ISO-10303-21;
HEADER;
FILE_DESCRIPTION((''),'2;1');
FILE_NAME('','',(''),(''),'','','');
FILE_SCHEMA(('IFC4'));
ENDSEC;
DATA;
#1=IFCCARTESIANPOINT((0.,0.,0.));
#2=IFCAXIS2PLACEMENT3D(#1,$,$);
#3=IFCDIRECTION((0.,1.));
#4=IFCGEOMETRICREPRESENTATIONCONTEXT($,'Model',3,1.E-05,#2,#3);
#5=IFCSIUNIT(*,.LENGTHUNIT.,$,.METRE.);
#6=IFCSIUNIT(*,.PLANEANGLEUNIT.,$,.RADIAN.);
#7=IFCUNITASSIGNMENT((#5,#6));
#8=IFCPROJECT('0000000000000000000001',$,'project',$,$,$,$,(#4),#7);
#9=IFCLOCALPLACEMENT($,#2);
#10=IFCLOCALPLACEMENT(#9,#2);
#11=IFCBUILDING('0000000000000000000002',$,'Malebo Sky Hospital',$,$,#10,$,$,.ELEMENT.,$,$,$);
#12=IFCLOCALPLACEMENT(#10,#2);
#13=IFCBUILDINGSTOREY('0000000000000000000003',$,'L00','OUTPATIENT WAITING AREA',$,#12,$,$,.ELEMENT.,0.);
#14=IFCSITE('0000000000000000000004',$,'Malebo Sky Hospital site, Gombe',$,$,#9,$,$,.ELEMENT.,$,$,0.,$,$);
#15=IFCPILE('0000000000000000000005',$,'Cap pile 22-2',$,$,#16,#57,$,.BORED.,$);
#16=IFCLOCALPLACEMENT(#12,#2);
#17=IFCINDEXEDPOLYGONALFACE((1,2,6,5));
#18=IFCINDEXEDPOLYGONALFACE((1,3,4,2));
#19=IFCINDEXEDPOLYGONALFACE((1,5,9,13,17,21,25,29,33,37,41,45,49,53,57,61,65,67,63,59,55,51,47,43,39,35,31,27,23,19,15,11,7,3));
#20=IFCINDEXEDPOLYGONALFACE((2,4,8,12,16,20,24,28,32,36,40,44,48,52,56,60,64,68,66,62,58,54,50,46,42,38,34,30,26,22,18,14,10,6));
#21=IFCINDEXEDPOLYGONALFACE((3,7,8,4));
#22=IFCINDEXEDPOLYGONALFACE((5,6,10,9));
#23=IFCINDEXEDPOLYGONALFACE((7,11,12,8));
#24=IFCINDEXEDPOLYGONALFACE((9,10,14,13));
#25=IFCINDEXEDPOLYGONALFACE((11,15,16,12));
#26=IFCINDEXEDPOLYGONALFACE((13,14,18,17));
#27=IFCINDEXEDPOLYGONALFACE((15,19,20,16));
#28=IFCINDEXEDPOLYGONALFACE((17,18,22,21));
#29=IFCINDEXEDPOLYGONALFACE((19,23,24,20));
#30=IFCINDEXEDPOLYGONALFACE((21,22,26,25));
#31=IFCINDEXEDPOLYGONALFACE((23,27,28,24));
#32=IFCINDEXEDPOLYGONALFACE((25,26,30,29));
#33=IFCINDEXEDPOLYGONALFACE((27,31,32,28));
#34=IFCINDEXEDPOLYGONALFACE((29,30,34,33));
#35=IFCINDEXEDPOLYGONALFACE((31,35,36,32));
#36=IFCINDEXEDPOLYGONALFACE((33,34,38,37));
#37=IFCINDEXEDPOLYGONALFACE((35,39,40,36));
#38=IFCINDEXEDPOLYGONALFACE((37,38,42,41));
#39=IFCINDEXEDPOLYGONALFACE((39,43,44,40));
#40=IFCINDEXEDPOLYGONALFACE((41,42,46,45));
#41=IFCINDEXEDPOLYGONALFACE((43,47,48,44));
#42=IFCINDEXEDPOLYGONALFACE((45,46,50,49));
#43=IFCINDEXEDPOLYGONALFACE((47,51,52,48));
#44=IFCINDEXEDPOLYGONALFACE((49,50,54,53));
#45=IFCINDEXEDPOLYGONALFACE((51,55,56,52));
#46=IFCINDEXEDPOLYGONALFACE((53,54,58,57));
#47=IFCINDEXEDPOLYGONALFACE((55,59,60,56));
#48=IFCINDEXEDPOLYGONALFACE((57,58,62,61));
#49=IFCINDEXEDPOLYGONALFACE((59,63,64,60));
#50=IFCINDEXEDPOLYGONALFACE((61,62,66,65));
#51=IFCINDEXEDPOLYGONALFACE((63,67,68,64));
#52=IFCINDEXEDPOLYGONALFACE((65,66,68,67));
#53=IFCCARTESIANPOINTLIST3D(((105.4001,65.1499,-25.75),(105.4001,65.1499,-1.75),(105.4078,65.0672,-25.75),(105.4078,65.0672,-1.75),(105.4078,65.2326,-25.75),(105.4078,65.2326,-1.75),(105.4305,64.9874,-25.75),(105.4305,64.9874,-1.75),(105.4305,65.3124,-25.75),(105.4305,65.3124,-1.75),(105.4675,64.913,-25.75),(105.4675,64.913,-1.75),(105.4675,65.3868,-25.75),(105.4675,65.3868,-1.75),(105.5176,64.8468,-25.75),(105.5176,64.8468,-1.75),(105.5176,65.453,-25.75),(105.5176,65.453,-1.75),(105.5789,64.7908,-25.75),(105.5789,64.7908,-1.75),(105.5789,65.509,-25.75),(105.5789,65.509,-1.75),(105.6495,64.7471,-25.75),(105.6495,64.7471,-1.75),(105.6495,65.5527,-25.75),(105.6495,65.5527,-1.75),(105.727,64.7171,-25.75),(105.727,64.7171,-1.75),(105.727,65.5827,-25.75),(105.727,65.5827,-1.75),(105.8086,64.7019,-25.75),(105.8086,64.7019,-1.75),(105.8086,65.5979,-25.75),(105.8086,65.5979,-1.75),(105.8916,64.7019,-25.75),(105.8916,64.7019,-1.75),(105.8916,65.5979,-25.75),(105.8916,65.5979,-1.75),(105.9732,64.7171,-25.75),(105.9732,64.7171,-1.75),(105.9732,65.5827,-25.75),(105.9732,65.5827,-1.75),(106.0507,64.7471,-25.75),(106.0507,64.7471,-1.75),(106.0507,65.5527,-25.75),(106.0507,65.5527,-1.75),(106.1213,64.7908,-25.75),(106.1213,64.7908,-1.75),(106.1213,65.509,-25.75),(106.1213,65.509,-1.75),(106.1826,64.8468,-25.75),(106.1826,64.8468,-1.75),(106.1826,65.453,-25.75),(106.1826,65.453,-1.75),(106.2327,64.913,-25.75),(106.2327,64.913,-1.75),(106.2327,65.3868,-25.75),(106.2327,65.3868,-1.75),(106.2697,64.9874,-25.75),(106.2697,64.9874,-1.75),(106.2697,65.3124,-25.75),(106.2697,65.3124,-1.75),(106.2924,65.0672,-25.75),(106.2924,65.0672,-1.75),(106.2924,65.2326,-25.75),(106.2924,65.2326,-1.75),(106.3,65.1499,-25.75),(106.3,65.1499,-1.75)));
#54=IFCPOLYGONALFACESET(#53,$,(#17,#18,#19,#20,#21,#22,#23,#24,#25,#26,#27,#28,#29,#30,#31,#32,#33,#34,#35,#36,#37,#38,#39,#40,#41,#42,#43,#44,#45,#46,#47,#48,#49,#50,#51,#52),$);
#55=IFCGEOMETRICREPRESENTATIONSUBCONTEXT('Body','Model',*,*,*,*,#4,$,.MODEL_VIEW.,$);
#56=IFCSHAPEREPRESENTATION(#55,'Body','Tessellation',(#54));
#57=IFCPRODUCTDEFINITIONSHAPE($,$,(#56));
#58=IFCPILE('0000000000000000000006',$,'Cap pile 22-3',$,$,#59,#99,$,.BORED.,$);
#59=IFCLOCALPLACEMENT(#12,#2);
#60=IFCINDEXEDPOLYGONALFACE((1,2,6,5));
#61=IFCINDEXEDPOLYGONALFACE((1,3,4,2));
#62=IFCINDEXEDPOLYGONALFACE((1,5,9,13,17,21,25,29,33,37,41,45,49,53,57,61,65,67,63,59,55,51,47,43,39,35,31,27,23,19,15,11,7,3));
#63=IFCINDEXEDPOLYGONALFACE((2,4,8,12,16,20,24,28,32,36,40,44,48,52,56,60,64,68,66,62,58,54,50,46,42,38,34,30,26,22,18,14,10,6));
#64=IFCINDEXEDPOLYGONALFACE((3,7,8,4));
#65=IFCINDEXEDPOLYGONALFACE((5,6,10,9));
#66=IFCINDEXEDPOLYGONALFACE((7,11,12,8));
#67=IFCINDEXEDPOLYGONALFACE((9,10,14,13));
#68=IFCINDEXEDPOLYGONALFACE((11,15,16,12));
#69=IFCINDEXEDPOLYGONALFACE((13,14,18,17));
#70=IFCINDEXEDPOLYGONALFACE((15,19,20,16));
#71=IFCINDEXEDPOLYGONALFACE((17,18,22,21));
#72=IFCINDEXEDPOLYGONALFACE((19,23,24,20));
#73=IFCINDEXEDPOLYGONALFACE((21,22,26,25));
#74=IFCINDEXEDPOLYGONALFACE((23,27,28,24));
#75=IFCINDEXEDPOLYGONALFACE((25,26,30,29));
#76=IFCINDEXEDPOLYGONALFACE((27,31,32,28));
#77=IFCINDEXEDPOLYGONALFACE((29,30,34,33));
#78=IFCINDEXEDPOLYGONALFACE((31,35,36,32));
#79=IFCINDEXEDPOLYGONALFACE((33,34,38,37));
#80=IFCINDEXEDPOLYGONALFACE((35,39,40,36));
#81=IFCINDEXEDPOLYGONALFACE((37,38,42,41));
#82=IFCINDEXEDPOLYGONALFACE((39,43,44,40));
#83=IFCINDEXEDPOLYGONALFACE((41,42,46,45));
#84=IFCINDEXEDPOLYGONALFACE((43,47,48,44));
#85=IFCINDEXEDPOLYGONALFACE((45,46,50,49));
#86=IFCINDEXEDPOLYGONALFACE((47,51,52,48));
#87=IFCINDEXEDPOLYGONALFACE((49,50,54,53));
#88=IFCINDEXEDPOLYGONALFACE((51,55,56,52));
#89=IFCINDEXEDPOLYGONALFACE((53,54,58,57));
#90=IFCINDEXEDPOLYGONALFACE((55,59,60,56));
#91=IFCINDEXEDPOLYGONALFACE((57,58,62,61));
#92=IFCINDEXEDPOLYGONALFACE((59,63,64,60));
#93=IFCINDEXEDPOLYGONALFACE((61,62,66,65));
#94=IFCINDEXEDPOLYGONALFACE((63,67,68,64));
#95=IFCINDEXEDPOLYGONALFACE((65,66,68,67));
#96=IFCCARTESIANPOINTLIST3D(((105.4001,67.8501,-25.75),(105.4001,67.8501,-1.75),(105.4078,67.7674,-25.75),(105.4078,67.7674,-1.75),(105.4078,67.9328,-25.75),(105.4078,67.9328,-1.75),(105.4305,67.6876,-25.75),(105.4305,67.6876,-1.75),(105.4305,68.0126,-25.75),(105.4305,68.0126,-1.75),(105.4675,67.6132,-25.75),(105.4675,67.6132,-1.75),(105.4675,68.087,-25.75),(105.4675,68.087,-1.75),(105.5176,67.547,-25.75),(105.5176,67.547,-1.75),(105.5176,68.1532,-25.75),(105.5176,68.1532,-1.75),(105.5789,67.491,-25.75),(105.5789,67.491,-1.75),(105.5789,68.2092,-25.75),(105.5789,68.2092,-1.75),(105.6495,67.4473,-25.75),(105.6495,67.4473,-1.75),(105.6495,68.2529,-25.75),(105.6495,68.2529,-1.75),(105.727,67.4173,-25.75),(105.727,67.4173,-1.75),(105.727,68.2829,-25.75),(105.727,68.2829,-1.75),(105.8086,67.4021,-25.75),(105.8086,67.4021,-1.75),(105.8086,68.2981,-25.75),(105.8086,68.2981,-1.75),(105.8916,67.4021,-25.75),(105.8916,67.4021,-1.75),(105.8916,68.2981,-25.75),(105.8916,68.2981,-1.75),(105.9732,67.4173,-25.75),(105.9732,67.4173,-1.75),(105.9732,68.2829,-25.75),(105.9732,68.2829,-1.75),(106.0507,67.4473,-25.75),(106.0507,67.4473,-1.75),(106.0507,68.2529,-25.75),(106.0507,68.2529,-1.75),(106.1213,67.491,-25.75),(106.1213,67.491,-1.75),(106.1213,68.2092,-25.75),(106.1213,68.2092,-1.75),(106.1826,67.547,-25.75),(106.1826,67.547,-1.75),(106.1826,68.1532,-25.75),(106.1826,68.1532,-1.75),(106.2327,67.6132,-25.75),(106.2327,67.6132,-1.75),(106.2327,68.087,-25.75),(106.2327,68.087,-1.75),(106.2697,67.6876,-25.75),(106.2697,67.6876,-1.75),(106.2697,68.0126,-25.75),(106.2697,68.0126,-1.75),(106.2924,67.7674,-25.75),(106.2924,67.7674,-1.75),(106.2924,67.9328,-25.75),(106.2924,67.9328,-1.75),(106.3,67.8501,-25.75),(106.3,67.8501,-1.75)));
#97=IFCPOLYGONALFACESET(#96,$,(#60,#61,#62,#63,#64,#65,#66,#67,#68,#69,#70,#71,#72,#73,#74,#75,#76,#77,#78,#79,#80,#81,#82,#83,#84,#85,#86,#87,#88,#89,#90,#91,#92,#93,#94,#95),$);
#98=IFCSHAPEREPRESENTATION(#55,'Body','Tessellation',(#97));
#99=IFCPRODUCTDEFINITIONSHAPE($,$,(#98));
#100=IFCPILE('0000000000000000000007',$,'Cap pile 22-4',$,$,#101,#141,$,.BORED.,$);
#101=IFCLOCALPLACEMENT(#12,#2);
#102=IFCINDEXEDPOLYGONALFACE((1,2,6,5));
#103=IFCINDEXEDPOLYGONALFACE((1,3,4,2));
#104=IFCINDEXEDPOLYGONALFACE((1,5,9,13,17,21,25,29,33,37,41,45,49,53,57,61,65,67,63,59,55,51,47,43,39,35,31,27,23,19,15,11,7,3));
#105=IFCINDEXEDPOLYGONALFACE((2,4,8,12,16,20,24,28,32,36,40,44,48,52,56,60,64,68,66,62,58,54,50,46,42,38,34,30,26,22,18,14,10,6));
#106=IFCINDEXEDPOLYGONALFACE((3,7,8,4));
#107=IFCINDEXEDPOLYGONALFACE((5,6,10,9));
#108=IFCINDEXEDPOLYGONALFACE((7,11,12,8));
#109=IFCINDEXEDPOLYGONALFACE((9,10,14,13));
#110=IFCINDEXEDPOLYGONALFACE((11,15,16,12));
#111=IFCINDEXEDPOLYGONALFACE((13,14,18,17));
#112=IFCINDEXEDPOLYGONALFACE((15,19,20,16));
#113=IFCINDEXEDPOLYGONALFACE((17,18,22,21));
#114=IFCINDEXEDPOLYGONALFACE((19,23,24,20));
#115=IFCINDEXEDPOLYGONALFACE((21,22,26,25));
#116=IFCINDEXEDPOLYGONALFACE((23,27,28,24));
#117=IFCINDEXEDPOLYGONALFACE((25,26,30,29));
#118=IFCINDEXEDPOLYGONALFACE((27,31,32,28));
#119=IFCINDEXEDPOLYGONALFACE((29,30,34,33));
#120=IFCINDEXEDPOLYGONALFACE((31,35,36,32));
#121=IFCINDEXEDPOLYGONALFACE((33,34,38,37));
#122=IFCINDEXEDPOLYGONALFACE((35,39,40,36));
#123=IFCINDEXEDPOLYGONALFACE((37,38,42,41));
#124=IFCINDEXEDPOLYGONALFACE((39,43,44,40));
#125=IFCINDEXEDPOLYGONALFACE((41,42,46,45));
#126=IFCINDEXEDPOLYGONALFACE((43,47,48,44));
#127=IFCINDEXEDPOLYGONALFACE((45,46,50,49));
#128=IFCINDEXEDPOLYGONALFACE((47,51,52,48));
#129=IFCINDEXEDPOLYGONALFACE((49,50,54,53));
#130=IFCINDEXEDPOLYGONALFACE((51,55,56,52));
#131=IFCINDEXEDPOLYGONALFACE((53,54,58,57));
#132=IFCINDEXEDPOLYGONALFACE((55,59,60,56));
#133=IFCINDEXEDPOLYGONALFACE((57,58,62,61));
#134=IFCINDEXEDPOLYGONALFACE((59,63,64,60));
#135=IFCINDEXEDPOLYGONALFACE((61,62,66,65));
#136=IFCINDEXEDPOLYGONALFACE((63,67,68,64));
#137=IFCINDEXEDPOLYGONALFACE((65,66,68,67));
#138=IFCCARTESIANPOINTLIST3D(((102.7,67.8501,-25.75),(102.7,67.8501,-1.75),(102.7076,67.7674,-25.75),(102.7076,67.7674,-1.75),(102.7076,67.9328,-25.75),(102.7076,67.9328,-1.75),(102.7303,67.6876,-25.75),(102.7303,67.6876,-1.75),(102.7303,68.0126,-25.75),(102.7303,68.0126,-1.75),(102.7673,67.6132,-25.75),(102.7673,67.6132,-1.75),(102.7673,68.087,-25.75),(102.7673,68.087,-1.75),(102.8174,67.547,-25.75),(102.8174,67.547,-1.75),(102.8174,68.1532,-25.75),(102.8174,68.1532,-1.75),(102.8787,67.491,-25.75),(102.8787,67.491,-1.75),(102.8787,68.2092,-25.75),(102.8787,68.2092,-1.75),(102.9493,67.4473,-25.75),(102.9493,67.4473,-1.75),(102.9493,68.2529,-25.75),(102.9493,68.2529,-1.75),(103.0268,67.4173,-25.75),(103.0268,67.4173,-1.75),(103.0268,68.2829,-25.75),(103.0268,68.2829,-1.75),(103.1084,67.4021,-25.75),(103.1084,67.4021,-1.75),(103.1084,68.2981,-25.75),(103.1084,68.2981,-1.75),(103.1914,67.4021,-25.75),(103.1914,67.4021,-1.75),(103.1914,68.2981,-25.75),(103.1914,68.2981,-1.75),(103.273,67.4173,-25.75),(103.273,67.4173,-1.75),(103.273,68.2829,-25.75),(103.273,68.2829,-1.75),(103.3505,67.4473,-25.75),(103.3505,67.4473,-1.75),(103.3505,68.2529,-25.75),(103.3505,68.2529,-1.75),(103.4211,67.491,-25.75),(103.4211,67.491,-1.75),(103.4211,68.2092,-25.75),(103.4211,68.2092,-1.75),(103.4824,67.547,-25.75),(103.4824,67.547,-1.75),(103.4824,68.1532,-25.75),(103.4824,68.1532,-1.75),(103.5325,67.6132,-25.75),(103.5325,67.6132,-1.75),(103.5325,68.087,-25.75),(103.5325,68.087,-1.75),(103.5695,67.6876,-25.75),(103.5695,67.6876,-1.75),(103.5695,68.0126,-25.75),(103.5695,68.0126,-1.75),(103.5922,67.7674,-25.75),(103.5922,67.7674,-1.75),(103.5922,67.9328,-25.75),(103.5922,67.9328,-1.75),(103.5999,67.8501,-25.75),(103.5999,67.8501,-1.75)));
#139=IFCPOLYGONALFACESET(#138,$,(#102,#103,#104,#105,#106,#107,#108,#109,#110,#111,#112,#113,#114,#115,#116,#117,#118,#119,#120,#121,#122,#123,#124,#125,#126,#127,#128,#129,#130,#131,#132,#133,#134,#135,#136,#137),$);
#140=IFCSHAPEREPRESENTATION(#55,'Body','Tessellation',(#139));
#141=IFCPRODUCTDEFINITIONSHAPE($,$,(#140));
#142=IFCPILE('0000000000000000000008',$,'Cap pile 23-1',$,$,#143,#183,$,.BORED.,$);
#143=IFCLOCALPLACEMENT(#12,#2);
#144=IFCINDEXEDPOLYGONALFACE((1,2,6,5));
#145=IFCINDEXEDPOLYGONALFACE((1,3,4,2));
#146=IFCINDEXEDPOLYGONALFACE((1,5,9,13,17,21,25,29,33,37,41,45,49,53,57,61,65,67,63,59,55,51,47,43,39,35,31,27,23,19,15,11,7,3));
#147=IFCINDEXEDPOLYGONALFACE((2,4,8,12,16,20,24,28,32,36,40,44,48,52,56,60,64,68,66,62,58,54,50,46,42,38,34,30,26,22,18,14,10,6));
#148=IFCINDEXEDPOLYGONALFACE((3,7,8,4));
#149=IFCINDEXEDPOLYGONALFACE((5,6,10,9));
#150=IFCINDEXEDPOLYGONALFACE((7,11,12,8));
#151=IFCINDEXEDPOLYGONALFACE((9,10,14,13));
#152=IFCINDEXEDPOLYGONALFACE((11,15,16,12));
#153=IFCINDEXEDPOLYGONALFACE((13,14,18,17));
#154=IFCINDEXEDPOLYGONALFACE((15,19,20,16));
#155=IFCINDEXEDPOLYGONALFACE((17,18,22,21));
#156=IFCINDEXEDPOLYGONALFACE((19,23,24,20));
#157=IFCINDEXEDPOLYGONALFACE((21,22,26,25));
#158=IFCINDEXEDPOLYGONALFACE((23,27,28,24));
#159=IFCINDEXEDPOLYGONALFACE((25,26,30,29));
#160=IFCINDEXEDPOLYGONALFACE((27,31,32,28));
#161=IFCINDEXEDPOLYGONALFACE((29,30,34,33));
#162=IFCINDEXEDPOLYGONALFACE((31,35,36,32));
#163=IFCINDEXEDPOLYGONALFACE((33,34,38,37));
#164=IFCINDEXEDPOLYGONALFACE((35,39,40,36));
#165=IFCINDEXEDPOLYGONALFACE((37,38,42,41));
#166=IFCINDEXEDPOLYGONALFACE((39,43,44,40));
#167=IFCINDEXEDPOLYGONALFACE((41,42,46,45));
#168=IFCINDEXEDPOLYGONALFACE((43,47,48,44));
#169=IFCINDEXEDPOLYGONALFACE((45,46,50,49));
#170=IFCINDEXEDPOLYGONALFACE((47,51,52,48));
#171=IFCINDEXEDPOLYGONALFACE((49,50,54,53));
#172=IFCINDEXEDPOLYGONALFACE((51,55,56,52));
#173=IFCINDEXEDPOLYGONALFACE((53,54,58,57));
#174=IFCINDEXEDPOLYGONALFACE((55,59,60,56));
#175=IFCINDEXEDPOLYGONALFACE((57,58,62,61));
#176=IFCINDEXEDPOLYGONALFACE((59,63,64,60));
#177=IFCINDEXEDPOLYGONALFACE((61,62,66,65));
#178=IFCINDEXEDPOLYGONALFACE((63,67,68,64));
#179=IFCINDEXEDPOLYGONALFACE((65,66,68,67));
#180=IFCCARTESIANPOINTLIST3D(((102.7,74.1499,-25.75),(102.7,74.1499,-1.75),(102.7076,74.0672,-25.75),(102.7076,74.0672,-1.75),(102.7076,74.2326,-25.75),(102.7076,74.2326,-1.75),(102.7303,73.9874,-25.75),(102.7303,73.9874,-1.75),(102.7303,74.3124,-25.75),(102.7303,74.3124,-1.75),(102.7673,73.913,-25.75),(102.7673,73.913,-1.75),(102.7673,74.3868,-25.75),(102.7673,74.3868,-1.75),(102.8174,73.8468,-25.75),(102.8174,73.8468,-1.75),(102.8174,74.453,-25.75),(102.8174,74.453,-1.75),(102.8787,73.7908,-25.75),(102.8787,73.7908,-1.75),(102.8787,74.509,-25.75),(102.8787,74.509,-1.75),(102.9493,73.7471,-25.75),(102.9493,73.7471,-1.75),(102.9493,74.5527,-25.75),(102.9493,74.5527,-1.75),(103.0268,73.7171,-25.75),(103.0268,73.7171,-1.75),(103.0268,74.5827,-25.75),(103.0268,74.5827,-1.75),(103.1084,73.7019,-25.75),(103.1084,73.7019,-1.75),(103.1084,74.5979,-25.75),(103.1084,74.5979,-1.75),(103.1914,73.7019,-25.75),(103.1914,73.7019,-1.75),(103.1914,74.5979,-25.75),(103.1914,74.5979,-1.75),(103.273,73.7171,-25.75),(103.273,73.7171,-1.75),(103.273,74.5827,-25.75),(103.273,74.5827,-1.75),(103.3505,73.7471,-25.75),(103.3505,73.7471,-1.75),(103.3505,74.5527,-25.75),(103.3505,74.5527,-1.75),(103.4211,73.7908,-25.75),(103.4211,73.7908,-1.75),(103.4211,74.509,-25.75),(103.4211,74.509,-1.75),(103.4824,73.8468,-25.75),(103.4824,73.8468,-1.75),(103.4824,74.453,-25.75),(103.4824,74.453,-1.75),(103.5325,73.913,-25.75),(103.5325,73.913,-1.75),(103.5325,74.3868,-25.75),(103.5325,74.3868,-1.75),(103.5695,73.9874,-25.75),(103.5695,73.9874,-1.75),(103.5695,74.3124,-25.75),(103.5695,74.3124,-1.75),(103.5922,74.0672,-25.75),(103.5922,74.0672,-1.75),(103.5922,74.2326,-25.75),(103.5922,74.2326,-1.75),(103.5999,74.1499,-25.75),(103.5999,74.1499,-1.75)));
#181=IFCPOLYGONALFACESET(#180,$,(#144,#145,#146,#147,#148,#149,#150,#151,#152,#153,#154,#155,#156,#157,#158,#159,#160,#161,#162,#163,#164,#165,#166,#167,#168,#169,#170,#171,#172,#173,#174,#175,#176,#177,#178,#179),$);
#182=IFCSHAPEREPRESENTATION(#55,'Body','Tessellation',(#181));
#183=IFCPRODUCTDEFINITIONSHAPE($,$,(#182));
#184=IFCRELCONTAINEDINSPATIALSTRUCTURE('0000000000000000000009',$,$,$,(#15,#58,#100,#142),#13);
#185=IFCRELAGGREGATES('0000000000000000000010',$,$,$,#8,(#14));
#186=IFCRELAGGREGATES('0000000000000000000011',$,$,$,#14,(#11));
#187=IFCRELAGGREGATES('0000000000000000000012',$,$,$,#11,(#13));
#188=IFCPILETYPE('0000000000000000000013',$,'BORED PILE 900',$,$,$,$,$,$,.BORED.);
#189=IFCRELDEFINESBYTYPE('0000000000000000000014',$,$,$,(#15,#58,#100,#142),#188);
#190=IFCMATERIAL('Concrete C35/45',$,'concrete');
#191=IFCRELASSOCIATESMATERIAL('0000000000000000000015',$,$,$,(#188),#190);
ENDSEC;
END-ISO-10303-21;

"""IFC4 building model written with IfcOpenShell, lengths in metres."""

from ifc_helpers import new_model, si_unit, direction, frame, origin, origin_2d, place, context, subcontext, project, spatial, circle, extrude, material, material_profile, profile_set, type_object, element, save


model = new_model("IFC4")

# Units and contexts
model_context = context("Model", 3, precision=1e-05, world=origin(), true_north=direction((0.0, 1.0)))
body_context = subcontext(model_context, "Body", "Model", "MODEL_VIEW")
ifc_project = project(units=[si_unit("LENGTHUNIT", "METRE"), si_unit("PLANEANGLEUNIT", "RADIAN")], contexts=[model_context])

# Site, building, storey
site_placement = place(None, origin())
site = spatial("IfcSite", under=ifc_project, at=site_placement, Name="Malebo Sky Hospital site, Gombe", CompositionType="ELEMENT", RefElevation=0.0)
building_placement = place(site_placement, origin())
building = spatial("IfcBuilding", under=site, at=building_placement, Name="Malebo Sky Hospital", CompositionType="ELEMENT")
storey_placement = place(building_placement, origin())
storey = spatial("IfcBuildingStorey", under=building, at=storey_placement, Name="L00", Description="OUTPATIENT WAITING AREA", CompositionType="ELEMENT", Elevation=0.0)

# Piles
ifc_material_1 = material(Name="Concrete C35/45", Category="concrete")
ifc_material_profile_1 = material_profile(ifc_material_1, circle(Radius=0.45, at=origin_2d()), Name="BP 900")
ifc_profile_set_1 = profile_set([ifc_material_profile_1], Name="Concrete C35/45")
pile_type = type_object("IfcPileType", Name="BORED PILE 900", PredefinedType="BORED", material=ifc_profile_set_1)
for number, where, z_axis, x_axis, name in (
    (1, (105.8501, 65.1499, -1.75), (0.0, 0.0, -1.0), (1.0, 0.0, 0.0), "Cap pile 22-2"),
    (2, (105.8501, 67.8501, -1.75), (0.0, 0.0, -1.0), (1.0, 0.0, 0.0), "Cap pile 22-3"),
    (3, (103.1499, 67.8501, -1.75), (0.0, 0.0, -1.0), (1.0, 0.0, 0.0), "Cap pile 22-4"),
    (4, (103.1499, 74.1499, -1.75), (0.0, 0.0, -1.0), (1.0, 0.0, 0.0), "Cap pile 23-1"),
):
    element("IfcPile", number, at=place(storey_placement, frame(where, z_axis=z_axis, x_axis=x_axis)), inside=storey, type_object=pile_type, Name=name, PredefinedType="BORED", context=body_context, shape_type="SweptSolid", body=[
        extrude(circle(Radius=0.45, at=origin_2d()), origin(), (0.0, 0.0, 1.0), 24.0),
    ])

save(model, "model.ifc")
